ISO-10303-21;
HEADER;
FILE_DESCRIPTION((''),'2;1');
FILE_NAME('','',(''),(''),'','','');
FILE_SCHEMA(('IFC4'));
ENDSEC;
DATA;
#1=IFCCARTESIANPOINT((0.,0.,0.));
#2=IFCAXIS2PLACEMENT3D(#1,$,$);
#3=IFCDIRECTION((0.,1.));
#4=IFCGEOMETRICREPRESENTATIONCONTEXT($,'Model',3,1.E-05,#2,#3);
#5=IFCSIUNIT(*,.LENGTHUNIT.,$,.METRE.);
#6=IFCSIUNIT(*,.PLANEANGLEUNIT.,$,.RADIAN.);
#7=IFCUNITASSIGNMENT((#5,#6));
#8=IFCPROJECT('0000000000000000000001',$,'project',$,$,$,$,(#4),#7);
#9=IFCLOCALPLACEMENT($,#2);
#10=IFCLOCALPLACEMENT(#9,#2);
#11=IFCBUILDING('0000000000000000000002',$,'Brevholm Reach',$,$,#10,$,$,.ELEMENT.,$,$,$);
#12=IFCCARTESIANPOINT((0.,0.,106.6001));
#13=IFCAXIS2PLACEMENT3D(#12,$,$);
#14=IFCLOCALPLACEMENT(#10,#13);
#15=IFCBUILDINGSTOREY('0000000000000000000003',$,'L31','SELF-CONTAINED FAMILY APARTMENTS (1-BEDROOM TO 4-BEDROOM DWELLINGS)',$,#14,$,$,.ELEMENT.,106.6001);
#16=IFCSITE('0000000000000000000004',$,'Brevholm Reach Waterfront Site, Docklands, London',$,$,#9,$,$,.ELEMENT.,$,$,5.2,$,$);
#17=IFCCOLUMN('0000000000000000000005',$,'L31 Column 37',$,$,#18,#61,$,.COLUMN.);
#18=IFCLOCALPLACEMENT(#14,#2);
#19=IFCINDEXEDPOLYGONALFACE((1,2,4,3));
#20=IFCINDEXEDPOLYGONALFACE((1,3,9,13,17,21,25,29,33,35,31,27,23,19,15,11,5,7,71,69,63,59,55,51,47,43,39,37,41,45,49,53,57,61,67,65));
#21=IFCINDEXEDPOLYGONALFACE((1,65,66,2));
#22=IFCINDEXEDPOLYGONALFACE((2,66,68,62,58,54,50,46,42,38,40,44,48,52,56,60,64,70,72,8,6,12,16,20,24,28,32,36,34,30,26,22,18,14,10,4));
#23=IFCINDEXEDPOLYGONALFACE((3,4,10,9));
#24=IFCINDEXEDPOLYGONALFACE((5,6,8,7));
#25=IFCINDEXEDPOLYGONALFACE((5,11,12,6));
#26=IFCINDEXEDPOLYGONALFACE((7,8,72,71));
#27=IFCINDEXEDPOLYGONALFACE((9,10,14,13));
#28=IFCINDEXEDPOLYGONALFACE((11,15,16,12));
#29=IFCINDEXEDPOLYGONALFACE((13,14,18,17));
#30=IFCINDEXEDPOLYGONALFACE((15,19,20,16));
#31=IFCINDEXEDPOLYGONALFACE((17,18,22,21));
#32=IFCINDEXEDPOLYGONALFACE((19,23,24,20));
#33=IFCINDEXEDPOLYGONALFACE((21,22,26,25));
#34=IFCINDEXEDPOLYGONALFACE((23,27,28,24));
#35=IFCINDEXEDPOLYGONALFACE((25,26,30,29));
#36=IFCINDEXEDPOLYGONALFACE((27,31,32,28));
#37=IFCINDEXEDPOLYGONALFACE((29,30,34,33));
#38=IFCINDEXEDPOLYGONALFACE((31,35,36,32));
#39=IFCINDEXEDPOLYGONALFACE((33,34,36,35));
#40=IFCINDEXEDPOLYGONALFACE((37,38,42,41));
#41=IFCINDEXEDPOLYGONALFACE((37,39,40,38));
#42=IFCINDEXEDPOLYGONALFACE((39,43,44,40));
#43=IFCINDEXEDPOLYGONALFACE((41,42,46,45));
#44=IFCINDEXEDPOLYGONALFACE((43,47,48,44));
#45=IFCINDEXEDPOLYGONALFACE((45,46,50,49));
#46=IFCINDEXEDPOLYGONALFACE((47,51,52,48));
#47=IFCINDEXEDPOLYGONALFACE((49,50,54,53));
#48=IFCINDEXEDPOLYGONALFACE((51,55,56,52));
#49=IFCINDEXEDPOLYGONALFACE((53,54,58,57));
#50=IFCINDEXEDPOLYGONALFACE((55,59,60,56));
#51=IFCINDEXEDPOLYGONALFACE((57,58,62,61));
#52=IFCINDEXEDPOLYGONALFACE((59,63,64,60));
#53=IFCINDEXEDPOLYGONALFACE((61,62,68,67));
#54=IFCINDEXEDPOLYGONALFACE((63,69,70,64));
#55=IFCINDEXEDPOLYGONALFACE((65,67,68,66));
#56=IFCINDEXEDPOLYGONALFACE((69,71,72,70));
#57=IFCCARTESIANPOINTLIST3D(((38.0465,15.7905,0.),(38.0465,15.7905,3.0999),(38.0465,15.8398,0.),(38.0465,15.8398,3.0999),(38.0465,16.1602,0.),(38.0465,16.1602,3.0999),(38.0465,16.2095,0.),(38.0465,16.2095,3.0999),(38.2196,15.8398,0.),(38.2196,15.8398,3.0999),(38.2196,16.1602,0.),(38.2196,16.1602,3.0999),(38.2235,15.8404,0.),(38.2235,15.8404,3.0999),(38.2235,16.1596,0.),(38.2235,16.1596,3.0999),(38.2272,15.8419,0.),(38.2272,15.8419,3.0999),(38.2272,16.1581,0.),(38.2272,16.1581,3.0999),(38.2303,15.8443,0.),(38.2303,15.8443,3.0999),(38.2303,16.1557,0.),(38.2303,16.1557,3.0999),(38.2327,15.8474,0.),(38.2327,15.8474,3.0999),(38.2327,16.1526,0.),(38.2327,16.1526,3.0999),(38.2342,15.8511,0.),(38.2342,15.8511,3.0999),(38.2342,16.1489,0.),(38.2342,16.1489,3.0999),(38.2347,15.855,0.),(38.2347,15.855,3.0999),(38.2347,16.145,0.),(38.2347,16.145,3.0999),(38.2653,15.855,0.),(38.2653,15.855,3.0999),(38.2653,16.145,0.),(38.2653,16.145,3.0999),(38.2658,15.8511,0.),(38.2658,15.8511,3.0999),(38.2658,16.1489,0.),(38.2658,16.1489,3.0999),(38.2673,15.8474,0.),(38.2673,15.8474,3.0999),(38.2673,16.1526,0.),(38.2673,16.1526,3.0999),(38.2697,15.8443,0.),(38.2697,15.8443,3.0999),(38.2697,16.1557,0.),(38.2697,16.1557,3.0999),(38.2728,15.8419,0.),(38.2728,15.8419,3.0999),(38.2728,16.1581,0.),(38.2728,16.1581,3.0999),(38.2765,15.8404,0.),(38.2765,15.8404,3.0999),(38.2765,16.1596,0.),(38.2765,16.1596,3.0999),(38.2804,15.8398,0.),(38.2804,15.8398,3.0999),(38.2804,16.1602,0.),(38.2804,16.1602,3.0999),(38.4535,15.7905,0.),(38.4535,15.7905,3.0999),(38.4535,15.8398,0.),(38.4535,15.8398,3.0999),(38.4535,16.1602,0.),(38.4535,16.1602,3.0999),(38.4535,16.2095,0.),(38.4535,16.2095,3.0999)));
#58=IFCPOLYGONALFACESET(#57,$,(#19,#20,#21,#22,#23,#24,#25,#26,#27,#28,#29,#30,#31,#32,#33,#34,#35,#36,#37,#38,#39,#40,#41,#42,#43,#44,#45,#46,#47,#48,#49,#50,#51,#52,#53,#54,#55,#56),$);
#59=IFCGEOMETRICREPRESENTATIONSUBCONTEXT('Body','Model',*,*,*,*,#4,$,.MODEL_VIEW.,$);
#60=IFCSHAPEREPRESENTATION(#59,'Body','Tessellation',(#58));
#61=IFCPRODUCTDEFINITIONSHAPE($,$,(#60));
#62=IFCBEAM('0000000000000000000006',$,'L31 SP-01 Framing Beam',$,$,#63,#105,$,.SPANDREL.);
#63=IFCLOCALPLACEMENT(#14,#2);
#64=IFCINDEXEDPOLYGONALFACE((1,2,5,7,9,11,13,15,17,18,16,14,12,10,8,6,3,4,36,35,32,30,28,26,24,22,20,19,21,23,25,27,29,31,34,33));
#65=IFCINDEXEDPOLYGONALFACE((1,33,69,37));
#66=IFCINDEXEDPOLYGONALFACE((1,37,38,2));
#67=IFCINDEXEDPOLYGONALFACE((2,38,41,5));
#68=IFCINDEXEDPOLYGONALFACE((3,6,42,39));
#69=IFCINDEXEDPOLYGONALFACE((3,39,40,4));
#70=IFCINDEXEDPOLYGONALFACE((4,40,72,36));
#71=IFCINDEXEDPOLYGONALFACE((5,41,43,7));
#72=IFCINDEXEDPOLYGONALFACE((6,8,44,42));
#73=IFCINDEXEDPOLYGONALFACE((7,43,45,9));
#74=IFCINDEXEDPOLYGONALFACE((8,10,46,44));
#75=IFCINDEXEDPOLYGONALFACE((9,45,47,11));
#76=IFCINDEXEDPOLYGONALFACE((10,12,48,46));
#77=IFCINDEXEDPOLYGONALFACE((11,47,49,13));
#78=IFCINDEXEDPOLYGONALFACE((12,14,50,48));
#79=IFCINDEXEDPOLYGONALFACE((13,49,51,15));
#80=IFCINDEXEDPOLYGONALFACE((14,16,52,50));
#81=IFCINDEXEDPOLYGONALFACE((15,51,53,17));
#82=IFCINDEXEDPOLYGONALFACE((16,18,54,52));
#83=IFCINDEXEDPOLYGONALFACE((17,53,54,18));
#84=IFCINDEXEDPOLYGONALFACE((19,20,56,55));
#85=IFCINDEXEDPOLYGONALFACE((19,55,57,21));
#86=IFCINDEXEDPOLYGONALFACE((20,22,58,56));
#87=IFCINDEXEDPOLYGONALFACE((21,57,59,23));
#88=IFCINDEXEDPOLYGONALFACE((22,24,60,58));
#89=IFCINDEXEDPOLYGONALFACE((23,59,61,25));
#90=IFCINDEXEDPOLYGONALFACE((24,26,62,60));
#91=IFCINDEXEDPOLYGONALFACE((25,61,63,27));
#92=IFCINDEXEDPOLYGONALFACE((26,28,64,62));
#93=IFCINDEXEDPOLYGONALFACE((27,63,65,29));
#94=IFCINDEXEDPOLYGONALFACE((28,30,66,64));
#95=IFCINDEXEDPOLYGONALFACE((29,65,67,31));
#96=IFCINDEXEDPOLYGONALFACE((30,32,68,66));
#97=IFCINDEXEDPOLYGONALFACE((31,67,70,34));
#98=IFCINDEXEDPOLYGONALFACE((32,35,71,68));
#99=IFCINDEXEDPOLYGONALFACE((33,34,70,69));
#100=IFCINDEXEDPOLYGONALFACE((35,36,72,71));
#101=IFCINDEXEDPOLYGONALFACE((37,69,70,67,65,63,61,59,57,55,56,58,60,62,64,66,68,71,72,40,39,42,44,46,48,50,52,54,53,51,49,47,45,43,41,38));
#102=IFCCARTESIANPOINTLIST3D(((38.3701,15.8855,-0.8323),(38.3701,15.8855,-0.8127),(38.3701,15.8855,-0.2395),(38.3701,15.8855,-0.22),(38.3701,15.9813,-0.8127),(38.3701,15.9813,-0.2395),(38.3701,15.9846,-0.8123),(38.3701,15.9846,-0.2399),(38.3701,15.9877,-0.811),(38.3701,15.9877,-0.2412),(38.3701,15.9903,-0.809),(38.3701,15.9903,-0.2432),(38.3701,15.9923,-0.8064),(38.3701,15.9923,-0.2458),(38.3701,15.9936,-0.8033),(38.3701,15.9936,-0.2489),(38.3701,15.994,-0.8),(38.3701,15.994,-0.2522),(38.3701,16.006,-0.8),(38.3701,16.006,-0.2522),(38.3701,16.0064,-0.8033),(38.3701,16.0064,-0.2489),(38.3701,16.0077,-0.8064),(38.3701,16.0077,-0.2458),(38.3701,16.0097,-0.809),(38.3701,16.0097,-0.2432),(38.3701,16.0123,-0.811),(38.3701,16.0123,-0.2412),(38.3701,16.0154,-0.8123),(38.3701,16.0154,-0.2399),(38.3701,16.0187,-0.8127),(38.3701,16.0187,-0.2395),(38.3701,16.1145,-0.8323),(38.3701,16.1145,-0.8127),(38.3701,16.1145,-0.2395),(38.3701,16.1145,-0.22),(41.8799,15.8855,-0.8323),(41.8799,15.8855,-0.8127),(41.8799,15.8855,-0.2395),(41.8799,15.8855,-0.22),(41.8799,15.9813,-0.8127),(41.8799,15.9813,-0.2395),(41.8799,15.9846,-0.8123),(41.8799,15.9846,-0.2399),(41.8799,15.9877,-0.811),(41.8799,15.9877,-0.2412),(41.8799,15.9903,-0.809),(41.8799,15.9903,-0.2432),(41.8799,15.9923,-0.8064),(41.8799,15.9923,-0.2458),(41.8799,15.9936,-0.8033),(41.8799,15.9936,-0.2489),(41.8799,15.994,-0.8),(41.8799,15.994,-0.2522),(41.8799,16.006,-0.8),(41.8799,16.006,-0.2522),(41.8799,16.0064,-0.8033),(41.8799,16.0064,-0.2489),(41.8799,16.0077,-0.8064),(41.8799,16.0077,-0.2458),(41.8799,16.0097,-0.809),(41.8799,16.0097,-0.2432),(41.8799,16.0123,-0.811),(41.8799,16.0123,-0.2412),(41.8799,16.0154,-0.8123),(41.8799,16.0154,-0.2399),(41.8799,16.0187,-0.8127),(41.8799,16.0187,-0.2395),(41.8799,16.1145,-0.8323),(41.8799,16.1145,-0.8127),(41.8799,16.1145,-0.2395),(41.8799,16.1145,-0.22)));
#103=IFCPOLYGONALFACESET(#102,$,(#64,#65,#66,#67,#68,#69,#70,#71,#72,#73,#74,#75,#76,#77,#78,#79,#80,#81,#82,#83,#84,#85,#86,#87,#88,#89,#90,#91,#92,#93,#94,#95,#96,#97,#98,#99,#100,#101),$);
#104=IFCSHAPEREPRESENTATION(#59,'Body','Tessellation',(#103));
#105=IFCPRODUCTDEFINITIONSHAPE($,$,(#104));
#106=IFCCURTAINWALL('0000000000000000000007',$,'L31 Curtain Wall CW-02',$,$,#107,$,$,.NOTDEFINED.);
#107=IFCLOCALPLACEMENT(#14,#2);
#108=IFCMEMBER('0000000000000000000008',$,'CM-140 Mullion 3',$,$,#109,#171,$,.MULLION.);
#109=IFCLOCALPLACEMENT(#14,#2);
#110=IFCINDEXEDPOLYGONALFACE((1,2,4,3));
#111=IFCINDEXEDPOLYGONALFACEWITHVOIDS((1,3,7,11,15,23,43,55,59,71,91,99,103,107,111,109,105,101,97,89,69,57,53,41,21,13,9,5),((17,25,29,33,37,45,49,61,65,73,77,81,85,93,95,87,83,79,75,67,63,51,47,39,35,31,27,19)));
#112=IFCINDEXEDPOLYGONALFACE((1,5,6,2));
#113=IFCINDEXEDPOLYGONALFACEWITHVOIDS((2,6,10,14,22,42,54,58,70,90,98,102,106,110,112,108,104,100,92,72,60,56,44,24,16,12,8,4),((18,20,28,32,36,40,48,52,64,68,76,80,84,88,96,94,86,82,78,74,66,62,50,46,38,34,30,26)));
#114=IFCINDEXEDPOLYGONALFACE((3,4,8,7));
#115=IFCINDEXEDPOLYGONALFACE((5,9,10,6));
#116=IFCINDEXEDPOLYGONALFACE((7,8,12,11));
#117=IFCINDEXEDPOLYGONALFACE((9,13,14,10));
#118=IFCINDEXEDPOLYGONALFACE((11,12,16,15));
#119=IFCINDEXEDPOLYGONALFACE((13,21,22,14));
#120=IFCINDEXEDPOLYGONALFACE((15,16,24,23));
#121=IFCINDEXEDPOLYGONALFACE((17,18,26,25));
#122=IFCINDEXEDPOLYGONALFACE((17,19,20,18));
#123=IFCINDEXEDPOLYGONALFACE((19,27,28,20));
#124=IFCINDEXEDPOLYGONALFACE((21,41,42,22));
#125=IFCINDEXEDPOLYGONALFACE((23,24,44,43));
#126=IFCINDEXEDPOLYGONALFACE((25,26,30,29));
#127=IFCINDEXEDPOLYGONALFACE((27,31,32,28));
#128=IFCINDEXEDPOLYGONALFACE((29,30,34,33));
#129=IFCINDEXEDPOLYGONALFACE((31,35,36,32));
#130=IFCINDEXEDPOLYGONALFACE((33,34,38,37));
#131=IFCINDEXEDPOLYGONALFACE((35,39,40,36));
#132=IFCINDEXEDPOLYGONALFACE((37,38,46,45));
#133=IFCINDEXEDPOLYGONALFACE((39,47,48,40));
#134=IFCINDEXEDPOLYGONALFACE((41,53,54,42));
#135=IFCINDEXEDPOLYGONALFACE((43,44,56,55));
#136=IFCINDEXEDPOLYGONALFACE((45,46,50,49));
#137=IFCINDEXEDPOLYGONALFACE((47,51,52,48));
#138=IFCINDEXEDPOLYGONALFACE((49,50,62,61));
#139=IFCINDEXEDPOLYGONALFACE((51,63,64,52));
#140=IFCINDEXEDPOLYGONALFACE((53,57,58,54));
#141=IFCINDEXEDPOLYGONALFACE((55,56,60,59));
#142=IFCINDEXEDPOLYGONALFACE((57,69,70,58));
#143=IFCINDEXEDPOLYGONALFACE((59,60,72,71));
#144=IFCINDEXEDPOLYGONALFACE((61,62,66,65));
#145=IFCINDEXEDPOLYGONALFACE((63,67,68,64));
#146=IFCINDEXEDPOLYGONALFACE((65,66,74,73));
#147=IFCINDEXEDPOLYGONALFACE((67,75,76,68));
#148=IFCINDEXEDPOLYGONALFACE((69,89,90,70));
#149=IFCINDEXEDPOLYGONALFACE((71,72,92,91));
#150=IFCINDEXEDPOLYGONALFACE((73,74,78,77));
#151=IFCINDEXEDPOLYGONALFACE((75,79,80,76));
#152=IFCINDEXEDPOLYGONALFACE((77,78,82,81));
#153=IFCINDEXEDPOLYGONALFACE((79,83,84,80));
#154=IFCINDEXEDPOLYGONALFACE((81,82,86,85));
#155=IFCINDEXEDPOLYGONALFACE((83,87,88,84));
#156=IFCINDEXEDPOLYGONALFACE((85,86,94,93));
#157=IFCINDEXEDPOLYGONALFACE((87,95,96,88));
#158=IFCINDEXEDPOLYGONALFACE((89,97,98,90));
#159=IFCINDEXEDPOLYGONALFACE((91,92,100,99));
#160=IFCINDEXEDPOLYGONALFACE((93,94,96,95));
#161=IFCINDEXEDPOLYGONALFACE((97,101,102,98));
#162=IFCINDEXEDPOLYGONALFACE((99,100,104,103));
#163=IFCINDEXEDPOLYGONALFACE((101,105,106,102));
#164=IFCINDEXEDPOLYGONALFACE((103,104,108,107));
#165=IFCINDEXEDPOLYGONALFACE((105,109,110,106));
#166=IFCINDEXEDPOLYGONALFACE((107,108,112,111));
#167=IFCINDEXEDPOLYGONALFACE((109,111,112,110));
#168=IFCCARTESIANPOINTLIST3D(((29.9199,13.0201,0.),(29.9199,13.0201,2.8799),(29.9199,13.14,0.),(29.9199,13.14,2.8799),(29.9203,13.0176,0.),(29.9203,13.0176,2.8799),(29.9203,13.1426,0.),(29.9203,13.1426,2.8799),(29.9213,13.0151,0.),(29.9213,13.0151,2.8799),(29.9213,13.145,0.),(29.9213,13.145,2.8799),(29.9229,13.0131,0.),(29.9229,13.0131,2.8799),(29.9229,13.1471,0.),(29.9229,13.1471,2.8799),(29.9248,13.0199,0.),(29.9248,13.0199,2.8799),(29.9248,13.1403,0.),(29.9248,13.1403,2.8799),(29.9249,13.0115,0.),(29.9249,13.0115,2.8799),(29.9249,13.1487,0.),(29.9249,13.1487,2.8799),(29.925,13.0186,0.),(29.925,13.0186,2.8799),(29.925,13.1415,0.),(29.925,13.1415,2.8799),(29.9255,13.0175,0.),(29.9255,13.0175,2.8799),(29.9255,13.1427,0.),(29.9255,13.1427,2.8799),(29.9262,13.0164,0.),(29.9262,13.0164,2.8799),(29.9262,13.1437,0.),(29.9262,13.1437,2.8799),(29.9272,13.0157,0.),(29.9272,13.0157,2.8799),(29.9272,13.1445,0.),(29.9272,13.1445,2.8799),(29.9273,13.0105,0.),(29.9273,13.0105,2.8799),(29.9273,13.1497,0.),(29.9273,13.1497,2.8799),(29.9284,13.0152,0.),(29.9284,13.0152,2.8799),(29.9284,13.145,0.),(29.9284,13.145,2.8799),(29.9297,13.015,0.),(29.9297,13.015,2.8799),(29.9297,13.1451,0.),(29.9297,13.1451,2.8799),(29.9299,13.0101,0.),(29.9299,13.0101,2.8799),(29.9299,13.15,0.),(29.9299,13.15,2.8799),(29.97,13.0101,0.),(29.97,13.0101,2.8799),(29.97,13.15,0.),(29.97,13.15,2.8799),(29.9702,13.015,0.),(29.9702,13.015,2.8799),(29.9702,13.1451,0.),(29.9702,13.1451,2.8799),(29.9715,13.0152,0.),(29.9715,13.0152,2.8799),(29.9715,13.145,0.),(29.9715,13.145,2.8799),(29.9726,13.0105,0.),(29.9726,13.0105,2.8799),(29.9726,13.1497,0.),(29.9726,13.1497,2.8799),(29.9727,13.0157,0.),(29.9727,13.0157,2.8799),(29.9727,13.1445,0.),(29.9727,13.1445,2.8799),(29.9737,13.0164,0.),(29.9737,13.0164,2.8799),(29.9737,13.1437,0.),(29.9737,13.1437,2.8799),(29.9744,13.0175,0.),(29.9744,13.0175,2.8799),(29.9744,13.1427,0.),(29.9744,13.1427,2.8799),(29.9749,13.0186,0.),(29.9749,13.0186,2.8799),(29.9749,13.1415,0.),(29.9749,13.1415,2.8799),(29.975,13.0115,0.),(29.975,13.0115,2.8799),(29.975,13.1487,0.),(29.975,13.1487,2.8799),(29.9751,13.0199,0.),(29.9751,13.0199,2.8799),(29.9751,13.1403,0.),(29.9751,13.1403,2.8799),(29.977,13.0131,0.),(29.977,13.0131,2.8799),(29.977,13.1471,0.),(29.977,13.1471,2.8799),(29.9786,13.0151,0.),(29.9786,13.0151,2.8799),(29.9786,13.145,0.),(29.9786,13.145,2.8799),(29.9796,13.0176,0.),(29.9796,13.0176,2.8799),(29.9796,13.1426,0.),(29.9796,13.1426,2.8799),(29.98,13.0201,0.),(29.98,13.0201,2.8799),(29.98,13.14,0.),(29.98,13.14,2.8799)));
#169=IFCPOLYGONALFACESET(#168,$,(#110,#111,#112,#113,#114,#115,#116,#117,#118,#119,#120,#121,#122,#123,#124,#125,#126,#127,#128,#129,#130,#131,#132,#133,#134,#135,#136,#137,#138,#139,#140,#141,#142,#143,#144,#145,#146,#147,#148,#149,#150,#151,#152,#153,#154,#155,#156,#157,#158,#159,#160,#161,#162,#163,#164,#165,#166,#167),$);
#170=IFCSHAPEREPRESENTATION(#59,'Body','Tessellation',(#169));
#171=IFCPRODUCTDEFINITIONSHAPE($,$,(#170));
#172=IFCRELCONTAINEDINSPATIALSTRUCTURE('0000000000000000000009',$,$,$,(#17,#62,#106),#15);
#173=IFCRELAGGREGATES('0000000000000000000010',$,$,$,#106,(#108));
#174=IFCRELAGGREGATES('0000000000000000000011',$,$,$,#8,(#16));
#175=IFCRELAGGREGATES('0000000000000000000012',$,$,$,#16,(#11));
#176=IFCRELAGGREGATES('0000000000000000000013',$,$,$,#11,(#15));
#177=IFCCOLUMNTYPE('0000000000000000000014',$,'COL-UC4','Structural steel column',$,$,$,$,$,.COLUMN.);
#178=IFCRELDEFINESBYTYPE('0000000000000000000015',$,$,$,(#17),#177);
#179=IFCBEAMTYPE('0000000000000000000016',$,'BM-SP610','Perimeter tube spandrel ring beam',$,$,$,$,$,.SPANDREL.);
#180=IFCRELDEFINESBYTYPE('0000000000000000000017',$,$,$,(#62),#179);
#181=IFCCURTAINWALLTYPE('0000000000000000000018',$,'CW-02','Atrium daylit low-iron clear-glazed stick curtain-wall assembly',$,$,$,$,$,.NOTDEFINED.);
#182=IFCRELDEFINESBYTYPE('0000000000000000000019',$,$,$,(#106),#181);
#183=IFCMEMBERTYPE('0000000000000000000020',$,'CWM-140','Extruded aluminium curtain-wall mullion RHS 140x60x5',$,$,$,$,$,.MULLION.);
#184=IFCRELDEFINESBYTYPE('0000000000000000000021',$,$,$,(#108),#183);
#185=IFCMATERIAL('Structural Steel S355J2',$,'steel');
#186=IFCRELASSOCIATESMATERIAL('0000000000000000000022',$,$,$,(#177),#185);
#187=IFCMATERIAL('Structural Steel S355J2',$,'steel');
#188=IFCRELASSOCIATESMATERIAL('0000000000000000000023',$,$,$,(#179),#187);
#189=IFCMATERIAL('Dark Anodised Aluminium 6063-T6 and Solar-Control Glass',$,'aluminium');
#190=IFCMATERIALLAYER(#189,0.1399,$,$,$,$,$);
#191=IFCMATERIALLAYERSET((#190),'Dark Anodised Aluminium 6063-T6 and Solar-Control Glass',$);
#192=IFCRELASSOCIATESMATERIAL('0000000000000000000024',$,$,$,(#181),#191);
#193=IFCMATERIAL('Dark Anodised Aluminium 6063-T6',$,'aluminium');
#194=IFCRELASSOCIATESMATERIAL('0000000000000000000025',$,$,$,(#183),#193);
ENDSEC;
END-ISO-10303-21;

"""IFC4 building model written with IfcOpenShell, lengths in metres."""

from ifc_helpers import new_model, si_unit, direction, frame, origin, origin_2d, place, context, subcontext, project, spatial, hollow_rectangle, i_section, extrude, material, layer, layer_set, material_profile, profile_set, type_object, element, aggregate, save


model = new_model("IFC4")

# Units and contexts
model_context = context("Model", 3, precision=1e-05, world=origin(), true_north=direction((0.0, 1.0)))
body_context = subcontext(model_context, "Body", "Model", "MODEL_VIEW")
ifc_project = project(units=[si_unit("LENGTHUNIT", "METRE"), si_unit("PLANEANGLEUNIT", "RADIAN")], contexts=[model_context])

# Site, building, storey
site_placement = place(None, origin())
site = spatial("IfcSite", under=ifc_project, at=site_placement, Name="Brevholm Reach Waterfront Site, Docklands, London", CompositionType="ELEMENT", RefElevation=5.2)
building_placement = place(site_placement, origin())
building = spatial("IfcBuilding", under=site, at=building_placement, Name="Brevholm Reach", CompositionType="ELEMENT")
storey_placement = place(building_placement, frame((0.0, 0.0, 106.6001)))
storey = spatial("IfcBuildingStorey", under=building, at=storey_placement, Name="L31", Description="SELF-CONTAINED FAMILY APARTMENTS (1-BEDROOM TO 4-BEDROOM DWELLINGS)", CompositionType="ELEMENT", Elevation=106.6001)

# Column
ifc_material_1 = material(Name="Structural Steel S355J2", Category="steel")
ifc_material_profile_1 = material_profile(ifc_material_1, i_section(OverallWidth=0.407, OverallDepth=0.4189, WebThickness=0.0305, FlangeThickness=0.0493, FilletRadius=0.0151, at=origin_2d()), Name="UKC 356x406x393")
ifc_profile_set_1 = profile_set([ifc_material_profile_1], Name="Structural Steel S355J2")
column_type = type_object("IfcColumnType", Name="COL-UC4", Description="Structural steel column", PredefinedType="COLUMN", material=ifc_profile_set_1)
column_placement = place(storey_placement, frame((38.25, 16.0, 0.0), z_axis=(0.0, 0.0, 1.0), x_axis=(1.0, 0.0, 0.0)))
element("IfcColumn", 1, at=column_placement, inside=storey, type_object=column_type, Name="L31 Column 37", PredefinedType="COLUMN", context=body_context, shape_type="SweptSolid", body=[
    extrude(i_section(OverallWidth=0.407, OverallDepth=0.4189, WebThickness=0.0305, FlangeThickness=0.0493, FilletRadius=0.0151, at=origin_2d()), origin(), (0.0, 0.0, 1.0), 3.0999),
])

# Beam
ifc_material_2 = material(Name="Structural Steel S355J2", Category="steel")
ifc_material_profile_2 = material_profile(ifc_material_2, i_section(OverallWidth=0.229, OverallDepth=0.6123, WebThickness=0.012, FlangeThickness=0.0195, FilletRadius=0.0127, at=origin_2d()), Name="UKB 610x229x125")
ifc_profile_set_2 = profile_set([ifc_material_profile_2], Name="Structural Steel S355J2")
beam_type = type_object("IfcBeamType", Name="BM-SP610", Description="Perimeter tube spandrel ring beam", PredefinedType="SPANDREL", material=ifc_profile_set_2)
beam_placement = place(storey_placement, frame((38.3701, 16.0, -0.5261), z_axis=(1.0, 0.0, 0.0), x_axis=(0.0, 1.0, 0.0)))
element("IfcBeam", 2, at=beam_placement, inside=storey, type_object=beam_type, Name="L31 SP-01 Framing Beam", PredefinedType="SPANDREL", context=body_context, shape_type="SweptSolid", body=[
    extrude(i_section(OverallWidth=0.229, OverallDepth=0.6123, WebThickness=0.012, FlangeThickness=0.0195, FilletRadius=0.0127, at=origin_2d()), origin(), (0.0, 0.0, 1.0), 3.5098),
])

# Curtain wall, member
ifc_material_3 = material(Name="Dark Anodised Aluminium 6063-T6 and Solar-Control Glass", Category="aluminium")
ifc_layer_1 = layer(ifc_material_3, 0.1399)
ifc_layer_set_1 = layer_set([ifc_layer_1], Name="Dark Anodised Aluminium 6063-T6 and Solar-Control Glass")
curtain_wall_type = type_object("IfcCurtainWallType", Name="CW-02", Description="Atrium daylit low-iron clear-glazed stick curtain-wall assembly", PredefinedType="NOTDEFINED", material=ifc_layer_set_1)
curtain_wall_placement = place(storey_placement, origin())
curtain_wall = element("IfcCurtainWall", 3, at=curtain_wall_placement, inside=storey, type_object=curtain_wall_type, Name="L31 Curtain Wall CW-02", PredefinedType="NOTDEFINED")
ifc_material_4 = material(Name="Dark Anodised Aluminium 6063-T6", Category="aluminium")
ifc_material_profile_3 = material_profile(ifc_material_4, hollow_rectangle(XDim=0.0601, YDim=0.1399, WallThickness=0.0049, InnerFilletRadius=0.0049, OuterFilletRadius=0.01, at=origin_2d()), Name="RHS 140x60x5")
ifc_profile_set_3 = profile_set([ifc_material_profile_3], Name="Dark Anodised Aluminium 6063-T6")
member_type_1 = type_object("IfcMemberType", Name="CWM-140", Description="Extruded aluminium curtain-wall mullion RHS 140x60x5", PredefinedType="MULLION", material=ifc_profile_set_3)
member_1_placement = place(storey_placement, frame((29.95, 13.0801, 0.0), z_axis=(0.0, 0.0, 1.0), x_axis=(1.0, 0.0, 0.0)))
member_1 = element("IfcMember", 4, at=member_1_placement, type_object=member_type_1, Name="CM-140 Mullion 3", PredefinedType="MULLION", context=body_context, shape_type="SweptSolid", body=[
    extrude(hollow_rectangle(XDim=0.0601, YDim=0.1399, WallThickness=0.0049, InnerFilletRadius=0.0049, OuterFilletRadius=0.01, at=origin_2d()), origin(), (0.0, 0.0, 1.0), 2.8799),
])
aggregate(curtain_wall, [member_1])

save(model, "model.ifc")
